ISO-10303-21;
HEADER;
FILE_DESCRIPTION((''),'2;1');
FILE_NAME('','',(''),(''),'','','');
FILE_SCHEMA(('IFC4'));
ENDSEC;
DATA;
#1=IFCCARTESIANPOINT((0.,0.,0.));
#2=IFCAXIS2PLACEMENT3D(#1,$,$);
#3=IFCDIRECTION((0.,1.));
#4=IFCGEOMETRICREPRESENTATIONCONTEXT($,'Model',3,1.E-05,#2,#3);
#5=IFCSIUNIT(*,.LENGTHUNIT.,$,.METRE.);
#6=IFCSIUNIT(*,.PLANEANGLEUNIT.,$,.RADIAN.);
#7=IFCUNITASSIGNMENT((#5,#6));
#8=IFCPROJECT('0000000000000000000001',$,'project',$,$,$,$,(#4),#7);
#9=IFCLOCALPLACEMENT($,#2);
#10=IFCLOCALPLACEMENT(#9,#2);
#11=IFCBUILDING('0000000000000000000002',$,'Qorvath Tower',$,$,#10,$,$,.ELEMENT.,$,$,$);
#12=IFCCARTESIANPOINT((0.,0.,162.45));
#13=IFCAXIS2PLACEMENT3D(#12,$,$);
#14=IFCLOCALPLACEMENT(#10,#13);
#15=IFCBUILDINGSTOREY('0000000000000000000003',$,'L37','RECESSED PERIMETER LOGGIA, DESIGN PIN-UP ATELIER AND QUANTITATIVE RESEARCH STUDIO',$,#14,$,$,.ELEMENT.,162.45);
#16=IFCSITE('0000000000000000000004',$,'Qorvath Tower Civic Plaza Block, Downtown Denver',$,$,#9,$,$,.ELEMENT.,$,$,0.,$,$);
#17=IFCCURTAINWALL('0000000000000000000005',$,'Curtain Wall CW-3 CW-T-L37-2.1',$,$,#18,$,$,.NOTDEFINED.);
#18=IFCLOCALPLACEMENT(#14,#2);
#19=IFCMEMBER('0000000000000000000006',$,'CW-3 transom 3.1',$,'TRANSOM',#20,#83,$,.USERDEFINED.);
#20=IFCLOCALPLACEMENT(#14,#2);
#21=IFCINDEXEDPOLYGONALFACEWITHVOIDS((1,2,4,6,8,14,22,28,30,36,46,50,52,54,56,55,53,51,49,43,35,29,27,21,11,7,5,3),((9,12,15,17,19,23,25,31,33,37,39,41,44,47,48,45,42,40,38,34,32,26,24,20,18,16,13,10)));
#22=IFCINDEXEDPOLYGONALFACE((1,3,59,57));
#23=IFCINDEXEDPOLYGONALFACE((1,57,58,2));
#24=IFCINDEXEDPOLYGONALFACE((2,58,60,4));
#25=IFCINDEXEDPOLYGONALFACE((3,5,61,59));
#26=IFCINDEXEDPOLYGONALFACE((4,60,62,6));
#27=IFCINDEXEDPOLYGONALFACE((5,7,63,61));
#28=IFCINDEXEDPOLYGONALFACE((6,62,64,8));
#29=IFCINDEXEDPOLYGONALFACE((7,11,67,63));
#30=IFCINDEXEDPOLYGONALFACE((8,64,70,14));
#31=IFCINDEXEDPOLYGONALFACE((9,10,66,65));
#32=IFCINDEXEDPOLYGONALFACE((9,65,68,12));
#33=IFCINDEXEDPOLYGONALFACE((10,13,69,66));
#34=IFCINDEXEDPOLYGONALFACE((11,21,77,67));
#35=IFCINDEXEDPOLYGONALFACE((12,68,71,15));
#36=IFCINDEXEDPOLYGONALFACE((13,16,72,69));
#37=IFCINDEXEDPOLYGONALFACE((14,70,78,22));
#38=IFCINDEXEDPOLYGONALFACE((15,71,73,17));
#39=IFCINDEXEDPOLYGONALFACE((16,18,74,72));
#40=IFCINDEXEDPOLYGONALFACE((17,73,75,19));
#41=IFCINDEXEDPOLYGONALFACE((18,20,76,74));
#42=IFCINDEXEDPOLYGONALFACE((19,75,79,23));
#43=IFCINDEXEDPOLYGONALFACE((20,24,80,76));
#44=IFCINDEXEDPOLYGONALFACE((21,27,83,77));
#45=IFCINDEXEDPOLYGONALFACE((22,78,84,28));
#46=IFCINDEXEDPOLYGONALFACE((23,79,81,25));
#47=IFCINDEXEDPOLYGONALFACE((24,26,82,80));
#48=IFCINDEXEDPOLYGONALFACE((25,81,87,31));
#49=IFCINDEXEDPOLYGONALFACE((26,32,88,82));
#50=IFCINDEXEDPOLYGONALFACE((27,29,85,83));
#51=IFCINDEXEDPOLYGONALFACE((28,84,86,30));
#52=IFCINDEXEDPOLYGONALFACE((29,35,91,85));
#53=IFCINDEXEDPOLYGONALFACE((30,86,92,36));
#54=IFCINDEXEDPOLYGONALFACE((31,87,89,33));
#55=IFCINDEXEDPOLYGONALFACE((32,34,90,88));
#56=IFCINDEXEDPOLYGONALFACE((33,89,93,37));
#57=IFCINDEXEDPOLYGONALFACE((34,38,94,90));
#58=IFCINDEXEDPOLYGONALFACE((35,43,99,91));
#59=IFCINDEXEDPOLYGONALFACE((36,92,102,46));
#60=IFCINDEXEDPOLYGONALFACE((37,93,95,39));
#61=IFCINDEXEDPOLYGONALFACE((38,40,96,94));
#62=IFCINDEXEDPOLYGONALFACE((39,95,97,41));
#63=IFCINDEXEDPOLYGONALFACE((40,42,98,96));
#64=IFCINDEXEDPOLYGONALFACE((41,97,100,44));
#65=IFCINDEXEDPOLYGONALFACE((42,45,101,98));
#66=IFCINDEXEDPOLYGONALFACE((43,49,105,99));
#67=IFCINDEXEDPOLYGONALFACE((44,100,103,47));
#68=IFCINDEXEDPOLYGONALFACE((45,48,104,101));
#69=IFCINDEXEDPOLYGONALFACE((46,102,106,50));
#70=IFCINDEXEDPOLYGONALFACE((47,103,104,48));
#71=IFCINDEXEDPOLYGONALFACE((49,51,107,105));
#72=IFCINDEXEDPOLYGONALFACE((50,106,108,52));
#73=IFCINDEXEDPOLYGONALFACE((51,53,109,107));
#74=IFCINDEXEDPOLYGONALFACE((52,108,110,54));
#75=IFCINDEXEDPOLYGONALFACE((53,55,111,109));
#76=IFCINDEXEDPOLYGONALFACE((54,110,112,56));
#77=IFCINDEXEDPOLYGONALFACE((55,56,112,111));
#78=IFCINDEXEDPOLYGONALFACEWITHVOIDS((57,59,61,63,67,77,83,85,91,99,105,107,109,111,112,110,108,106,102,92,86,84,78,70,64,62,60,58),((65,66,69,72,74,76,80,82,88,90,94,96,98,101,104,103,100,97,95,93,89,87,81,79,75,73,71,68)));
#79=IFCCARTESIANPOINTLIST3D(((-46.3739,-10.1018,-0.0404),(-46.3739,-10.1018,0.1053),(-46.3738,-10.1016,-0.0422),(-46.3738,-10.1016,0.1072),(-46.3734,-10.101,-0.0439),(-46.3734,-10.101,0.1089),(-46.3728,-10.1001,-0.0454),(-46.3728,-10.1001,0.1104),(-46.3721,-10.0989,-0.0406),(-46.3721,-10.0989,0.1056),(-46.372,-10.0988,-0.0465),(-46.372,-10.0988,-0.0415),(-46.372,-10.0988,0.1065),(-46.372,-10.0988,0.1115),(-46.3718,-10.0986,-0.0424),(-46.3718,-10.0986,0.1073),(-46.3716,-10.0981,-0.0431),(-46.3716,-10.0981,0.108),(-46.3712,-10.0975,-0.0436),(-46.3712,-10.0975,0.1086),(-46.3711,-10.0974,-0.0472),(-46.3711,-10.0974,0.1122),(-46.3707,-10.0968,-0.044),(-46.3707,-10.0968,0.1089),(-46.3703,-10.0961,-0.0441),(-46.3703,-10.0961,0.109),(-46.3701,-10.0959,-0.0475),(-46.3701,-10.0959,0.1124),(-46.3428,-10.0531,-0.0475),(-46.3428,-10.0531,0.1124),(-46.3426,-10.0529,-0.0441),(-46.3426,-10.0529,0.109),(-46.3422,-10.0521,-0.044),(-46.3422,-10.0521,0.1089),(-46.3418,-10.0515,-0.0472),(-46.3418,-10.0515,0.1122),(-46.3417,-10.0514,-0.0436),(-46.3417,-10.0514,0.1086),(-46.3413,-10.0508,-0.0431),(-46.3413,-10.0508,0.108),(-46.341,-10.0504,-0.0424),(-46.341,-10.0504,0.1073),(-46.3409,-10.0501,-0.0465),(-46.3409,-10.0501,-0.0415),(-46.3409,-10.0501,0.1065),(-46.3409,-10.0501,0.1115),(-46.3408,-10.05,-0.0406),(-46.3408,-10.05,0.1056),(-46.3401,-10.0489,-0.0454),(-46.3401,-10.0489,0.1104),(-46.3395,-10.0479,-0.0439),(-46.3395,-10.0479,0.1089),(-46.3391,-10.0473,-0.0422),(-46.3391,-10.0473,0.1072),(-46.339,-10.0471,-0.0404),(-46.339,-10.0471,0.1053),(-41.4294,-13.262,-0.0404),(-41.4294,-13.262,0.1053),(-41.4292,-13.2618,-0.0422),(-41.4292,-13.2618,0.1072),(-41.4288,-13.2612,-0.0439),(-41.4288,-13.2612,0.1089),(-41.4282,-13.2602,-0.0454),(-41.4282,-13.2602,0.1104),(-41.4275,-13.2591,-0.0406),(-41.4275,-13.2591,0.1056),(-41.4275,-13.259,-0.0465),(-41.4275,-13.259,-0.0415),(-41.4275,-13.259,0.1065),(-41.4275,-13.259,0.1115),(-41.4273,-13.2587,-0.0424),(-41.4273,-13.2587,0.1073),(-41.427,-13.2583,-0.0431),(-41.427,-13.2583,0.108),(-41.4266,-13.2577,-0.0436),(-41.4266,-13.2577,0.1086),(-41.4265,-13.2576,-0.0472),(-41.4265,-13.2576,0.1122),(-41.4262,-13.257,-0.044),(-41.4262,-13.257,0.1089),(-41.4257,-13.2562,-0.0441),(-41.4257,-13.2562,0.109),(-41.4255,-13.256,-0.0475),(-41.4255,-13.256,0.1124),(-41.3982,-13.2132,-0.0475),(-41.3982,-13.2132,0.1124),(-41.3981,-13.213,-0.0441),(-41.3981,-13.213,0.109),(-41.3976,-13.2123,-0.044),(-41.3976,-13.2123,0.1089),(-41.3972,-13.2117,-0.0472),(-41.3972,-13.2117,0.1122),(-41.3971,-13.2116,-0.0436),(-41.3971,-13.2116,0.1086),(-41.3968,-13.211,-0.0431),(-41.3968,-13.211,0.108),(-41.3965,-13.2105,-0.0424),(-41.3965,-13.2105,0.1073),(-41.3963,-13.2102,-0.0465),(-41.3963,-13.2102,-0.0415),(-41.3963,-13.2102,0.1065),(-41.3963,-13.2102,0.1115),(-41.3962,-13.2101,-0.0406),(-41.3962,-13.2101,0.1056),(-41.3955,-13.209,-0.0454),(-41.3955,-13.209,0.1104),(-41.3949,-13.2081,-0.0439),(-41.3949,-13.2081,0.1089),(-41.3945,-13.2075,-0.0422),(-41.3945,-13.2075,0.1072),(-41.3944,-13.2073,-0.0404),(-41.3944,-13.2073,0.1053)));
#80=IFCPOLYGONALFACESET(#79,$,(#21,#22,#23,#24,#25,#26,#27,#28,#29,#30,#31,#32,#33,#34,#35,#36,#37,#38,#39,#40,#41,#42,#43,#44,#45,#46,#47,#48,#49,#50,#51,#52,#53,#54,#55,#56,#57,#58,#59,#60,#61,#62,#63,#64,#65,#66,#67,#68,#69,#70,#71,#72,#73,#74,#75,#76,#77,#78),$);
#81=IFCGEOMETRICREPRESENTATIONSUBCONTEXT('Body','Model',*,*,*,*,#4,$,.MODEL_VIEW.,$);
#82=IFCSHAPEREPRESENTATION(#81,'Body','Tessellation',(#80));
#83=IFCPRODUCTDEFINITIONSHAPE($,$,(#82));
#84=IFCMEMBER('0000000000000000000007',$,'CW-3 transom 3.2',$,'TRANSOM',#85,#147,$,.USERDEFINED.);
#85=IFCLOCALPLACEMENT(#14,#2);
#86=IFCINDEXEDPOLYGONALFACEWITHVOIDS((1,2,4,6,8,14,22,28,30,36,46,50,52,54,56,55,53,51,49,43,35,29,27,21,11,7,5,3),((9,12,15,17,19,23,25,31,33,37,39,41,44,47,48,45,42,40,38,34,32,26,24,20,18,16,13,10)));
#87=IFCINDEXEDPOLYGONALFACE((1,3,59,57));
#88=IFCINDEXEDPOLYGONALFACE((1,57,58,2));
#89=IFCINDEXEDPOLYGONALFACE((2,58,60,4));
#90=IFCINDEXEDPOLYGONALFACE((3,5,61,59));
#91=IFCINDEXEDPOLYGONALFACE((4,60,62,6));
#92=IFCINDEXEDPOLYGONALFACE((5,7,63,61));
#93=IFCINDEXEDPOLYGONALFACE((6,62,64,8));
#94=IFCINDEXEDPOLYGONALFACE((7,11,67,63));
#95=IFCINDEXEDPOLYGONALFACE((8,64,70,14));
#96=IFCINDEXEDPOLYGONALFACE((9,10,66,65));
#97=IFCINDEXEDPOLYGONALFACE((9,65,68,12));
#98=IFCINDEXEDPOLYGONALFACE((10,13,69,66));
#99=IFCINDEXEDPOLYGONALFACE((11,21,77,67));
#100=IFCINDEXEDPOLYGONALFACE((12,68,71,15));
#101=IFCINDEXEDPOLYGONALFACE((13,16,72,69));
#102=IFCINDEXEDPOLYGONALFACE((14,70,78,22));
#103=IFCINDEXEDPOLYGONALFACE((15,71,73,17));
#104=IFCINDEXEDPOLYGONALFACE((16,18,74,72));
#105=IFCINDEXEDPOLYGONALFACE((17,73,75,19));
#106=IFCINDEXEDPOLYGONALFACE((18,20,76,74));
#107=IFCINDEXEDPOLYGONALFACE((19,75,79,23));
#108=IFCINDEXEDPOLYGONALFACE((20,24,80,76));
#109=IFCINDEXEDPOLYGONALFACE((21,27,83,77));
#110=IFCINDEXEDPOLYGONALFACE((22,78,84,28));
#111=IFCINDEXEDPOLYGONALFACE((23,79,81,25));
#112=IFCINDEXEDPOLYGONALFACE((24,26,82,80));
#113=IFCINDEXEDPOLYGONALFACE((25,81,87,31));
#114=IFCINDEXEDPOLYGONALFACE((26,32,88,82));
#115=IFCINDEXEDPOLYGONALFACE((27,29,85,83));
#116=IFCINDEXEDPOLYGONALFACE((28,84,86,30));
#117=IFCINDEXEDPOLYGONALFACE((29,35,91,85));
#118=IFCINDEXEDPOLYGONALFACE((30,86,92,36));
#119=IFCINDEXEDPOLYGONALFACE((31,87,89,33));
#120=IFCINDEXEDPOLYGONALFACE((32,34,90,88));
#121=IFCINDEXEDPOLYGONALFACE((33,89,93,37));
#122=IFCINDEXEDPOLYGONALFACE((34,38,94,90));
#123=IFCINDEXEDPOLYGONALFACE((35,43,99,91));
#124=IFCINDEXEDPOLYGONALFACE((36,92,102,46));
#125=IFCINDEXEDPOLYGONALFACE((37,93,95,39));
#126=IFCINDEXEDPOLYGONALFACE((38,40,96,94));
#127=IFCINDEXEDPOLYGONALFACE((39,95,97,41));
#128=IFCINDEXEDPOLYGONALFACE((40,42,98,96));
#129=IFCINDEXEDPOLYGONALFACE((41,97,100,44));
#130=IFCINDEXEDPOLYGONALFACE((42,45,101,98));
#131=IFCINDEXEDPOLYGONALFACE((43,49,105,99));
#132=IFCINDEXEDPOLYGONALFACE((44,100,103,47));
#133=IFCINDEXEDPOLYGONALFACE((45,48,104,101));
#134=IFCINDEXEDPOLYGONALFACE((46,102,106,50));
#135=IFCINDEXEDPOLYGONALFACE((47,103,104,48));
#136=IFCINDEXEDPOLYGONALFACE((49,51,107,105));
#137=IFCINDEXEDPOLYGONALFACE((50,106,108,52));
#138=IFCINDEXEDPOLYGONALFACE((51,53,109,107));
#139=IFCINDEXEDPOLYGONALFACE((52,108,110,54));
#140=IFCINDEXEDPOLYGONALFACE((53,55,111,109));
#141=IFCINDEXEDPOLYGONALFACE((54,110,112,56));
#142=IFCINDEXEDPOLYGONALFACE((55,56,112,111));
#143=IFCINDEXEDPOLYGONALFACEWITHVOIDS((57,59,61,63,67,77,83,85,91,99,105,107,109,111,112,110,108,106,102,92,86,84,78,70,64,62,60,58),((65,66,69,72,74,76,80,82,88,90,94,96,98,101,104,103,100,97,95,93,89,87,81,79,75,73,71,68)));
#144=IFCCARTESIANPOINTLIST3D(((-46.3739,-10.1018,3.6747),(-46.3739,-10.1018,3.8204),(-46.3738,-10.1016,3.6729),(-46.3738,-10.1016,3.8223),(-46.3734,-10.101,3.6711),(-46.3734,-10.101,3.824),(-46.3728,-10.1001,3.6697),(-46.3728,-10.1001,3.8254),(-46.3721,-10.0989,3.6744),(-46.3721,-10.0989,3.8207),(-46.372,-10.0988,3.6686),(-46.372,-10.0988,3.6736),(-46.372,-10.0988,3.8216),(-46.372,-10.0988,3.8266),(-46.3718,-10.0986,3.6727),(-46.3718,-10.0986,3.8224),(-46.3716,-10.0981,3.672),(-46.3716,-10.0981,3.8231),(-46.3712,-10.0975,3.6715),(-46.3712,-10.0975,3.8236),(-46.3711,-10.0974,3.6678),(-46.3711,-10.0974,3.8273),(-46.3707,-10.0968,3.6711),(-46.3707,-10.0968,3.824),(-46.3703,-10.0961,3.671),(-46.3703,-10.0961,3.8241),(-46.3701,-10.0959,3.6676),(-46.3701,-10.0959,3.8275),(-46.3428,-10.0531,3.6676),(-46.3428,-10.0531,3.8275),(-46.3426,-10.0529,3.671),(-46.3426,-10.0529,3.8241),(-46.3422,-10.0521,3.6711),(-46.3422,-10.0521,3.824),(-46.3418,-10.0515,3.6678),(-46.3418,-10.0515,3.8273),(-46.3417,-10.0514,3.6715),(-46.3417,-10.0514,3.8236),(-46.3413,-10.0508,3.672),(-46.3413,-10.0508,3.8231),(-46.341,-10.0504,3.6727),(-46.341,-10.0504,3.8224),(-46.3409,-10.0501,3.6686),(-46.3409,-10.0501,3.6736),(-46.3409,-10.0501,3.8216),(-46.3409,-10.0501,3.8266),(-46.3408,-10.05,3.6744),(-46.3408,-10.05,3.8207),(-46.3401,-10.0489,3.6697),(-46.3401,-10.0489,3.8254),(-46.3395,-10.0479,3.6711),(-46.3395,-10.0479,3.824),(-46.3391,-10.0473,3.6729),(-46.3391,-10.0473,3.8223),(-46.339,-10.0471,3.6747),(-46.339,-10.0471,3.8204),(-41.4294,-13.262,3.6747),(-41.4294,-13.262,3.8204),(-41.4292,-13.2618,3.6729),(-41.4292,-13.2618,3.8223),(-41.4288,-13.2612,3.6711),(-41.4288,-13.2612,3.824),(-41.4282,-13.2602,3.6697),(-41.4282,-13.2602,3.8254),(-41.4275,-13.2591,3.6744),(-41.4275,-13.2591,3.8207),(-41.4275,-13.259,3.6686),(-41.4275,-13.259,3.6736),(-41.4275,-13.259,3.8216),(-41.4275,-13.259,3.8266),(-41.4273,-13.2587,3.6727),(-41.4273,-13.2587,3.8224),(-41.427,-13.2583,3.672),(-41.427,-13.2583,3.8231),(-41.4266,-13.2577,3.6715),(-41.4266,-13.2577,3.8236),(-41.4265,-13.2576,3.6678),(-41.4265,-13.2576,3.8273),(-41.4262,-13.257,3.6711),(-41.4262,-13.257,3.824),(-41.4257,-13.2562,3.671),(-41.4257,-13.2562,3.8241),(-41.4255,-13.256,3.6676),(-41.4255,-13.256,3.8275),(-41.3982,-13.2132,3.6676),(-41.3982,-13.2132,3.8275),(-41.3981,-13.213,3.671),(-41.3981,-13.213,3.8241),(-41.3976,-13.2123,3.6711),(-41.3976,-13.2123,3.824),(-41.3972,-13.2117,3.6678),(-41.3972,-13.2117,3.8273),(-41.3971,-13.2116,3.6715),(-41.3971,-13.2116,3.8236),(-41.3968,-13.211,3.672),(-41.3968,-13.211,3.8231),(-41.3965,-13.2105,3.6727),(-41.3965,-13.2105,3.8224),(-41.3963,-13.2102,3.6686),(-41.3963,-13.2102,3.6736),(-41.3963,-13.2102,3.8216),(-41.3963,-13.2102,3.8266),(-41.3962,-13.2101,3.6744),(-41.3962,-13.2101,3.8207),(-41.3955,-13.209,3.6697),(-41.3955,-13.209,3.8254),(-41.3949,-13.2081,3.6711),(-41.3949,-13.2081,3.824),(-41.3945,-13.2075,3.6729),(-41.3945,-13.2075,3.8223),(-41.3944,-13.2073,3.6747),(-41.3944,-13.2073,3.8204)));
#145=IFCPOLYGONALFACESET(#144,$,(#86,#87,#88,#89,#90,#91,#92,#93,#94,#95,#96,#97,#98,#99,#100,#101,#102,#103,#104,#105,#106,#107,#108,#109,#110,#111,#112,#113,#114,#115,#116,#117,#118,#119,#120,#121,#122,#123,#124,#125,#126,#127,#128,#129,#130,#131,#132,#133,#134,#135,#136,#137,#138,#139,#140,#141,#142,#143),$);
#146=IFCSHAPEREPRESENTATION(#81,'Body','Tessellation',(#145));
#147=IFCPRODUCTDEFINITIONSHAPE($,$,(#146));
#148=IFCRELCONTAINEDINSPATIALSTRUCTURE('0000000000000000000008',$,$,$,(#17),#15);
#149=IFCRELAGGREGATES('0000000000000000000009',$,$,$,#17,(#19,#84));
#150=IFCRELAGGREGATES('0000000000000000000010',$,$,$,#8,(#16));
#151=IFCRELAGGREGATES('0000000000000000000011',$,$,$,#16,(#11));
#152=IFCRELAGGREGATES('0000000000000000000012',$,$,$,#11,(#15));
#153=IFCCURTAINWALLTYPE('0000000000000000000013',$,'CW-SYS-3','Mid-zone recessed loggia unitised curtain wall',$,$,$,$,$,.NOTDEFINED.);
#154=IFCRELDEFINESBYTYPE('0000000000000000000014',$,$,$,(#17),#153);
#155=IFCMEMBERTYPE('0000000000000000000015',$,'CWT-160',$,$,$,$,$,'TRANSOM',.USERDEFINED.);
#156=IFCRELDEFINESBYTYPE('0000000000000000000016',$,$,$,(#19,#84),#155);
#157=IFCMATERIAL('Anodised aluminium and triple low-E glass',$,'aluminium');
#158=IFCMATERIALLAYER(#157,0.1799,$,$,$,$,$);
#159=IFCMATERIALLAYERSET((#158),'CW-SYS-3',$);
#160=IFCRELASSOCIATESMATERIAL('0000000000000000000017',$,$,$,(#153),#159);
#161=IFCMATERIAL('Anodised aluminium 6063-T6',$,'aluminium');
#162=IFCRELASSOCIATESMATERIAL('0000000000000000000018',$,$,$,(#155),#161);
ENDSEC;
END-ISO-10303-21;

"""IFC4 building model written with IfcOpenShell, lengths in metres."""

from ifc_helpers import new_model, si_unit, direction, frame, origin, origin_2d, place, context, subcontext, project, spatial, hollow_rectangle, extrude, material, layer, layer_set, material_profile, profile_set, type_object, element, aggregate, save


model = new_model("IFC4")

# Units and contexts
model_context = context("Model", 3, precision=1e-05, world=origin(), true_north=direction((0.0, 1.0)))
body_context = subcontext(model_context, "Body", "Model", "MODEL_VIEW")
ifc_project = project(units=[si_unit("LENGTHUNIT", "METRE"), si_unit("PLANEANGLEUNIT", "RADIAN")], contexts=[model_context])

# Site, building, storey
site_placement = place(None, origin())
site = spatial("IfcSite", under=ifc_project, at=site_placement, Name="Qorvath Tower Civic Plaza Block, Downtown Denver", CompositionType="ELEMENT", RefElevation=0.0)
building_placement = place(site_placement, origin())
building = spatial("IfcBuilding", under=site, at=building_placement, Name="Qorvath Tower", CompositionType="ELEMENT")
storey_placement = place(building_placement, frame((0.0, 0.0, 162.45)))
storey = spatial("IfcBuildingStorey", under=building, at=storey_placement, Name="L37", Description="RECESSED PERIMETER LOGGIA, DESIGN PIN-UP ATELIER AND QUANTITATIVE RESEARCH STUDIO", CompositionType="ELEMENT", Elevation=162.45)

# Curtain wall, members
ifc_material_1 = material(Name="Anodised aluminium and triple low-E glass", Category="aluminium")
ifc_layer_1 = layer(ifc_material_1, 0.1799)
ifc_layer_set_1 = layer_set([ifc_layer_1], Name="CW-SYS-3")
curtain_wall_type = type_object("IfcCurtainWallType", Name="CW-SYS-3", Description="Mid-zone recessed loggia unitised curtain wall", PredefinedType="NOTDEFINED", material=ifc_layer_set_1)
curtain_wall_placement = place(storey_placement, origin())
curtain_wall = element("IfcCurtainWall", 1, at=curtain_wall_placement, inside=storey, type_object=curtain_wall_type, Name="Curtain Wall CW-3 CW-T-L37-2.1", PredefinedType="NOTDEFINED")
ifc_material_2 = material(Name="Anodised aluminium 6063-T6", Category="aluminium")
ifc_material_profile_1 = material_profile(ifc_material_2, hollow_rectangle(XDim=0.0649, YDim=0.1599, WallThickness=0.0034, InnerFilletRadius=0.0034, OuterFilletRadius=0.0071, at=origin_2d()), Name="CWT 160x65")
ifc_profile_set_1 = profile_set([ifc_material_profile_1], Name="Anodised aluminium 6063-T6")
member_type_1 = type_object("IfcMemberType", Name="CWT-160", ElementType="TRANSOM", PredefinedType="USERDEFINED", material=ifc_profile_set_1)
member_1_placement = place(storey_placement, frame((-46.3564, -10.0745, 0.0325), z_axis=(0.84261, -0.538525, 0.0), x_axis=(0.538525, 0.84261, 0.0)))
member_1 = element("IfcMember", 2, at=member_1_placement, type_object=member_type_1, Name="CW-3 transom 3.1", ObjectType="TRANSOM", PredefinedType="USERDEFINED", context=body_context, shape_type="SweptSolid", body=[
    extrude(hollow_rectangle(XDim=0.0649, YDim=0.1599, WallThickness=0.0034, InnerFilletRadius=0.0034, OuterFilletRadius=0.0071, at=origin_2d()), origin(), (0.0, 0.0, 1.0), 5.8682),
])
member_2_placement = place(storey_placement, frame((-46.3564, -10.0745, 3.7476), z_axis=(0.84261, -0.538525, 0.0), x_axis=(0.538525, 0.84261, 0.0)))
member_2 = element("IfcMember", 3, at=member_2_placement, type_object=member_type_1, Name="CW-3 transom 3.2", ObjectType="TRANSOM", PredefinedType="USERDEFINED", context=body_context, shape_type="SweptSolid", body=[
    extrude(hollow_rectangle(XDim=0.0649, YDim=0.1599, WallThickness=0.0034, InnerFilletRadius=0.0034, OuterFilletRadius=0.0071, at=origin_2d()), origin(), (0.0, 0.0, 1.0), 5.8682),
])
aggregate(curtain_wall, [member_1, member_2])

save(model, "model.ifc")
